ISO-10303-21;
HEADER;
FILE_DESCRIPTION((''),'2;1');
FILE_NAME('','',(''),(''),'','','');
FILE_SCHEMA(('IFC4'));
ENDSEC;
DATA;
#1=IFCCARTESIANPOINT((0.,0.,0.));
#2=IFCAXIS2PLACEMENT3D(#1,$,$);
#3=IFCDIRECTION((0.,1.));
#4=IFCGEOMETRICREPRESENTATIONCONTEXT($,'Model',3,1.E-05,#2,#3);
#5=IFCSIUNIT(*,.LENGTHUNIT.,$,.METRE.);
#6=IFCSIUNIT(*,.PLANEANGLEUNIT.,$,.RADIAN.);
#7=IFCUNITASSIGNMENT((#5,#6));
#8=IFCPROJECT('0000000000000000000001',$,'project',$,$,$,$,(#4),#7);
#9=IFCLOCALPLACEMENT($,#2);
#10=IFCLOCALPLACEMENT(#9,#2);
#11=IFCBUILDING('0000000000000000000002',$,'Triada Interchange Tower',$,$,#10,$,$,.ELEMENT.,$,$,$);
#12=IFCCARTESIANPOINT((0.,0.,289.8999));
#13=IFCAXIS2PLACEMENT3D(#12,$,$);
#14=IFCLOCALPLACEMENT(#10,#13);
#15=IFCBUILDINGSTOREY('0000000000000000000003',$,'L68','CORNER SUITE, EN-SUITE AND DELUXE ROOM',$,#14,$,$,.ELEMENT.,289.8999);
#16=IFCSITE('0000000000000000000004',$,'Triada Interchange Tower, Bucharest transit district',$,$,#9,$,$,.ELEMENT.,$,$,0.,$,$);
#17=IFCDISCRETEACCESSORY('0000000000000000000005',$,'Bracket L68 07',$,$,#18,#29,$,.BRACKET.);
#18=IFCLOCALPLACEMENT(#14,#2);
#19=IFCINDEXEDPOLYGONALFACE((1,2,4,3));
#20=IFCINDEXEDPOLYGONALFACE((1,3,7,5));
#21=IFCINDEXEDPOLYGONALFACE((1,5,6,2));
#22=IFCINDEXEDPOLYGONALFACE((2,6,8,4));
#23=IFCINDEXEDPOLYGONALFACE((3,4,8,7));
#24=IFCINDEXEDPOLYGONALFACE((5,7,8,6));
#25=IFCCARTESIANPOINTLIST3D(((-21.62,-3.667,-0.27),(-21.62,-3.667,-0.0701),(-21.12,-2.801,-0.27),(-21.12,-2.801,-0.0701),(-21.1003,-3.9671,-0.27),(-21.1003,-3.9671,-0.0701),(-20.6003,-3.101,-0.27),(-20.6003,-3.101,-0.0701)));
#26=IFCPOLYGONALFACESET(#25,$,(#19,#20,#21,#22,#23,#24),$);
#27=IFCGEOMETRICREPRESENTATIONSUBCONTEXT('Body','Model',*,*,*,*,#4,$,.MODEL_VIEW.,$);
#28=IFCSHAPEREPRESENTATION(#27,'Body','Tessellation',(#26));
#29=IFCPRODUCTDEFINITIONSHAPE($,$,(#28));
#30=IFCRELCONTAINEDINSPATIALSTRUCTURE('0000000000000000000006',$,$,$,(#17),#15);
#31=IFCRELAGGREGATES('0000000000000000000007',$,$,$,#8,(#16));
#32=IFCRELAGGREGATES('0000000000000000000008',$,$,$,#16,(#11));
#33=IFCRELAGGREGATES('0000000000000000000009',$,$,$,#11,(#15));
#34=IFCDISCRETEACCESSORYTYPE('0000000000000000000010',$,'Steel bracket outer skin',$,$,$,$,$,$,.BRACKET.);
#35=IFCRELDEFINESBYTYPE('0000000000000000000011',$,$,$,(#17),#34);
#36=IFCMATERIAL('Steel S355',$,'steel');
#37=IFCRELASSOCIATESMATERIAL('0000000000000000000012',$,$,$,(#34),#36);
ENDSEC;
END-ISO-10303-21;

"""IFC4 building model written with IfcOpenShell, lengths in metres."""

from ifc_helpers import new_model, si_unit, direction, frame, origin, origin_2d, place, context, subcontext, project, spatial, rectangle, extrude, material, type_object, element, save


model = new_model("IFC4")

# Units and contexts
model_context = context("Model", 3, precision=1e-05, world=origin(), true_north=direction((0.0, 1.0)))
body_context = subcontext(model_context, "Body", "Model", "MODEL_VIEW")
ifc_project = project(units=[si_unit("LENGTHUNIT", "METRE"), si_unit("PLANEANGLEUNIT", "RADIAN")], contexts=[model_context])

# Site, building, storey
site_placement = place(None, origin())
site = spatial("IfcSite", under=ifc_project, at=site_placement, Name="Triada Interchange Tower, Bucharest transit district", CompositionType="ELEMENT", RefElevation=0.0)
building_placement = place(site_placement, origin())
building = spatial("IfcBuilding", under=site, at=building_placement, Name="Triada Interchange Tower", CompositionType="ELEMENT")
storey_placement = place(building_placement, frame((0.0, 0.0, 289.8999)))
storey = spatial("IfcBuildingStorey", under=building, at=storey_placement, Name="L68", Description="CORNER SUITE, EN-SUITE AND DELUXE ROOM", CompositionType="ELEMENT", Elevation=289.8999)

# Discrete accessory
ifc_material_1 = material(Name="Steel S355", Category="steel")
discrete_accessory_type = type_object("IfcDiscreteAccessoryType", Name="Steel bracket outer skin", PredefinedType="BRACKET", material=ifc_material_1)
discrete_accessory_placement = place(storey_placement, frame((-21.1101, -3.384, -0.27), z_axis=(0.0, 0.0, 1.0), x_axis=(-0.866023, 0.500004, 0.0)))
element("IfcDiscreteAccessory", 1, at=discrete_accessory_placement, inside=storey, type_object=discrete_accessory_type, Name="Bracket L68 07", PredefinedType="BRACKET", context=body_context, shape_type="SweptSolid", body=[
    extrude(rectangle(XDim=0.6001, YDim=1.0, at=origin_2d()), origin(), (0.0, 0.0, 1.0), 0.2),
])

save(model, "model.ifc")
